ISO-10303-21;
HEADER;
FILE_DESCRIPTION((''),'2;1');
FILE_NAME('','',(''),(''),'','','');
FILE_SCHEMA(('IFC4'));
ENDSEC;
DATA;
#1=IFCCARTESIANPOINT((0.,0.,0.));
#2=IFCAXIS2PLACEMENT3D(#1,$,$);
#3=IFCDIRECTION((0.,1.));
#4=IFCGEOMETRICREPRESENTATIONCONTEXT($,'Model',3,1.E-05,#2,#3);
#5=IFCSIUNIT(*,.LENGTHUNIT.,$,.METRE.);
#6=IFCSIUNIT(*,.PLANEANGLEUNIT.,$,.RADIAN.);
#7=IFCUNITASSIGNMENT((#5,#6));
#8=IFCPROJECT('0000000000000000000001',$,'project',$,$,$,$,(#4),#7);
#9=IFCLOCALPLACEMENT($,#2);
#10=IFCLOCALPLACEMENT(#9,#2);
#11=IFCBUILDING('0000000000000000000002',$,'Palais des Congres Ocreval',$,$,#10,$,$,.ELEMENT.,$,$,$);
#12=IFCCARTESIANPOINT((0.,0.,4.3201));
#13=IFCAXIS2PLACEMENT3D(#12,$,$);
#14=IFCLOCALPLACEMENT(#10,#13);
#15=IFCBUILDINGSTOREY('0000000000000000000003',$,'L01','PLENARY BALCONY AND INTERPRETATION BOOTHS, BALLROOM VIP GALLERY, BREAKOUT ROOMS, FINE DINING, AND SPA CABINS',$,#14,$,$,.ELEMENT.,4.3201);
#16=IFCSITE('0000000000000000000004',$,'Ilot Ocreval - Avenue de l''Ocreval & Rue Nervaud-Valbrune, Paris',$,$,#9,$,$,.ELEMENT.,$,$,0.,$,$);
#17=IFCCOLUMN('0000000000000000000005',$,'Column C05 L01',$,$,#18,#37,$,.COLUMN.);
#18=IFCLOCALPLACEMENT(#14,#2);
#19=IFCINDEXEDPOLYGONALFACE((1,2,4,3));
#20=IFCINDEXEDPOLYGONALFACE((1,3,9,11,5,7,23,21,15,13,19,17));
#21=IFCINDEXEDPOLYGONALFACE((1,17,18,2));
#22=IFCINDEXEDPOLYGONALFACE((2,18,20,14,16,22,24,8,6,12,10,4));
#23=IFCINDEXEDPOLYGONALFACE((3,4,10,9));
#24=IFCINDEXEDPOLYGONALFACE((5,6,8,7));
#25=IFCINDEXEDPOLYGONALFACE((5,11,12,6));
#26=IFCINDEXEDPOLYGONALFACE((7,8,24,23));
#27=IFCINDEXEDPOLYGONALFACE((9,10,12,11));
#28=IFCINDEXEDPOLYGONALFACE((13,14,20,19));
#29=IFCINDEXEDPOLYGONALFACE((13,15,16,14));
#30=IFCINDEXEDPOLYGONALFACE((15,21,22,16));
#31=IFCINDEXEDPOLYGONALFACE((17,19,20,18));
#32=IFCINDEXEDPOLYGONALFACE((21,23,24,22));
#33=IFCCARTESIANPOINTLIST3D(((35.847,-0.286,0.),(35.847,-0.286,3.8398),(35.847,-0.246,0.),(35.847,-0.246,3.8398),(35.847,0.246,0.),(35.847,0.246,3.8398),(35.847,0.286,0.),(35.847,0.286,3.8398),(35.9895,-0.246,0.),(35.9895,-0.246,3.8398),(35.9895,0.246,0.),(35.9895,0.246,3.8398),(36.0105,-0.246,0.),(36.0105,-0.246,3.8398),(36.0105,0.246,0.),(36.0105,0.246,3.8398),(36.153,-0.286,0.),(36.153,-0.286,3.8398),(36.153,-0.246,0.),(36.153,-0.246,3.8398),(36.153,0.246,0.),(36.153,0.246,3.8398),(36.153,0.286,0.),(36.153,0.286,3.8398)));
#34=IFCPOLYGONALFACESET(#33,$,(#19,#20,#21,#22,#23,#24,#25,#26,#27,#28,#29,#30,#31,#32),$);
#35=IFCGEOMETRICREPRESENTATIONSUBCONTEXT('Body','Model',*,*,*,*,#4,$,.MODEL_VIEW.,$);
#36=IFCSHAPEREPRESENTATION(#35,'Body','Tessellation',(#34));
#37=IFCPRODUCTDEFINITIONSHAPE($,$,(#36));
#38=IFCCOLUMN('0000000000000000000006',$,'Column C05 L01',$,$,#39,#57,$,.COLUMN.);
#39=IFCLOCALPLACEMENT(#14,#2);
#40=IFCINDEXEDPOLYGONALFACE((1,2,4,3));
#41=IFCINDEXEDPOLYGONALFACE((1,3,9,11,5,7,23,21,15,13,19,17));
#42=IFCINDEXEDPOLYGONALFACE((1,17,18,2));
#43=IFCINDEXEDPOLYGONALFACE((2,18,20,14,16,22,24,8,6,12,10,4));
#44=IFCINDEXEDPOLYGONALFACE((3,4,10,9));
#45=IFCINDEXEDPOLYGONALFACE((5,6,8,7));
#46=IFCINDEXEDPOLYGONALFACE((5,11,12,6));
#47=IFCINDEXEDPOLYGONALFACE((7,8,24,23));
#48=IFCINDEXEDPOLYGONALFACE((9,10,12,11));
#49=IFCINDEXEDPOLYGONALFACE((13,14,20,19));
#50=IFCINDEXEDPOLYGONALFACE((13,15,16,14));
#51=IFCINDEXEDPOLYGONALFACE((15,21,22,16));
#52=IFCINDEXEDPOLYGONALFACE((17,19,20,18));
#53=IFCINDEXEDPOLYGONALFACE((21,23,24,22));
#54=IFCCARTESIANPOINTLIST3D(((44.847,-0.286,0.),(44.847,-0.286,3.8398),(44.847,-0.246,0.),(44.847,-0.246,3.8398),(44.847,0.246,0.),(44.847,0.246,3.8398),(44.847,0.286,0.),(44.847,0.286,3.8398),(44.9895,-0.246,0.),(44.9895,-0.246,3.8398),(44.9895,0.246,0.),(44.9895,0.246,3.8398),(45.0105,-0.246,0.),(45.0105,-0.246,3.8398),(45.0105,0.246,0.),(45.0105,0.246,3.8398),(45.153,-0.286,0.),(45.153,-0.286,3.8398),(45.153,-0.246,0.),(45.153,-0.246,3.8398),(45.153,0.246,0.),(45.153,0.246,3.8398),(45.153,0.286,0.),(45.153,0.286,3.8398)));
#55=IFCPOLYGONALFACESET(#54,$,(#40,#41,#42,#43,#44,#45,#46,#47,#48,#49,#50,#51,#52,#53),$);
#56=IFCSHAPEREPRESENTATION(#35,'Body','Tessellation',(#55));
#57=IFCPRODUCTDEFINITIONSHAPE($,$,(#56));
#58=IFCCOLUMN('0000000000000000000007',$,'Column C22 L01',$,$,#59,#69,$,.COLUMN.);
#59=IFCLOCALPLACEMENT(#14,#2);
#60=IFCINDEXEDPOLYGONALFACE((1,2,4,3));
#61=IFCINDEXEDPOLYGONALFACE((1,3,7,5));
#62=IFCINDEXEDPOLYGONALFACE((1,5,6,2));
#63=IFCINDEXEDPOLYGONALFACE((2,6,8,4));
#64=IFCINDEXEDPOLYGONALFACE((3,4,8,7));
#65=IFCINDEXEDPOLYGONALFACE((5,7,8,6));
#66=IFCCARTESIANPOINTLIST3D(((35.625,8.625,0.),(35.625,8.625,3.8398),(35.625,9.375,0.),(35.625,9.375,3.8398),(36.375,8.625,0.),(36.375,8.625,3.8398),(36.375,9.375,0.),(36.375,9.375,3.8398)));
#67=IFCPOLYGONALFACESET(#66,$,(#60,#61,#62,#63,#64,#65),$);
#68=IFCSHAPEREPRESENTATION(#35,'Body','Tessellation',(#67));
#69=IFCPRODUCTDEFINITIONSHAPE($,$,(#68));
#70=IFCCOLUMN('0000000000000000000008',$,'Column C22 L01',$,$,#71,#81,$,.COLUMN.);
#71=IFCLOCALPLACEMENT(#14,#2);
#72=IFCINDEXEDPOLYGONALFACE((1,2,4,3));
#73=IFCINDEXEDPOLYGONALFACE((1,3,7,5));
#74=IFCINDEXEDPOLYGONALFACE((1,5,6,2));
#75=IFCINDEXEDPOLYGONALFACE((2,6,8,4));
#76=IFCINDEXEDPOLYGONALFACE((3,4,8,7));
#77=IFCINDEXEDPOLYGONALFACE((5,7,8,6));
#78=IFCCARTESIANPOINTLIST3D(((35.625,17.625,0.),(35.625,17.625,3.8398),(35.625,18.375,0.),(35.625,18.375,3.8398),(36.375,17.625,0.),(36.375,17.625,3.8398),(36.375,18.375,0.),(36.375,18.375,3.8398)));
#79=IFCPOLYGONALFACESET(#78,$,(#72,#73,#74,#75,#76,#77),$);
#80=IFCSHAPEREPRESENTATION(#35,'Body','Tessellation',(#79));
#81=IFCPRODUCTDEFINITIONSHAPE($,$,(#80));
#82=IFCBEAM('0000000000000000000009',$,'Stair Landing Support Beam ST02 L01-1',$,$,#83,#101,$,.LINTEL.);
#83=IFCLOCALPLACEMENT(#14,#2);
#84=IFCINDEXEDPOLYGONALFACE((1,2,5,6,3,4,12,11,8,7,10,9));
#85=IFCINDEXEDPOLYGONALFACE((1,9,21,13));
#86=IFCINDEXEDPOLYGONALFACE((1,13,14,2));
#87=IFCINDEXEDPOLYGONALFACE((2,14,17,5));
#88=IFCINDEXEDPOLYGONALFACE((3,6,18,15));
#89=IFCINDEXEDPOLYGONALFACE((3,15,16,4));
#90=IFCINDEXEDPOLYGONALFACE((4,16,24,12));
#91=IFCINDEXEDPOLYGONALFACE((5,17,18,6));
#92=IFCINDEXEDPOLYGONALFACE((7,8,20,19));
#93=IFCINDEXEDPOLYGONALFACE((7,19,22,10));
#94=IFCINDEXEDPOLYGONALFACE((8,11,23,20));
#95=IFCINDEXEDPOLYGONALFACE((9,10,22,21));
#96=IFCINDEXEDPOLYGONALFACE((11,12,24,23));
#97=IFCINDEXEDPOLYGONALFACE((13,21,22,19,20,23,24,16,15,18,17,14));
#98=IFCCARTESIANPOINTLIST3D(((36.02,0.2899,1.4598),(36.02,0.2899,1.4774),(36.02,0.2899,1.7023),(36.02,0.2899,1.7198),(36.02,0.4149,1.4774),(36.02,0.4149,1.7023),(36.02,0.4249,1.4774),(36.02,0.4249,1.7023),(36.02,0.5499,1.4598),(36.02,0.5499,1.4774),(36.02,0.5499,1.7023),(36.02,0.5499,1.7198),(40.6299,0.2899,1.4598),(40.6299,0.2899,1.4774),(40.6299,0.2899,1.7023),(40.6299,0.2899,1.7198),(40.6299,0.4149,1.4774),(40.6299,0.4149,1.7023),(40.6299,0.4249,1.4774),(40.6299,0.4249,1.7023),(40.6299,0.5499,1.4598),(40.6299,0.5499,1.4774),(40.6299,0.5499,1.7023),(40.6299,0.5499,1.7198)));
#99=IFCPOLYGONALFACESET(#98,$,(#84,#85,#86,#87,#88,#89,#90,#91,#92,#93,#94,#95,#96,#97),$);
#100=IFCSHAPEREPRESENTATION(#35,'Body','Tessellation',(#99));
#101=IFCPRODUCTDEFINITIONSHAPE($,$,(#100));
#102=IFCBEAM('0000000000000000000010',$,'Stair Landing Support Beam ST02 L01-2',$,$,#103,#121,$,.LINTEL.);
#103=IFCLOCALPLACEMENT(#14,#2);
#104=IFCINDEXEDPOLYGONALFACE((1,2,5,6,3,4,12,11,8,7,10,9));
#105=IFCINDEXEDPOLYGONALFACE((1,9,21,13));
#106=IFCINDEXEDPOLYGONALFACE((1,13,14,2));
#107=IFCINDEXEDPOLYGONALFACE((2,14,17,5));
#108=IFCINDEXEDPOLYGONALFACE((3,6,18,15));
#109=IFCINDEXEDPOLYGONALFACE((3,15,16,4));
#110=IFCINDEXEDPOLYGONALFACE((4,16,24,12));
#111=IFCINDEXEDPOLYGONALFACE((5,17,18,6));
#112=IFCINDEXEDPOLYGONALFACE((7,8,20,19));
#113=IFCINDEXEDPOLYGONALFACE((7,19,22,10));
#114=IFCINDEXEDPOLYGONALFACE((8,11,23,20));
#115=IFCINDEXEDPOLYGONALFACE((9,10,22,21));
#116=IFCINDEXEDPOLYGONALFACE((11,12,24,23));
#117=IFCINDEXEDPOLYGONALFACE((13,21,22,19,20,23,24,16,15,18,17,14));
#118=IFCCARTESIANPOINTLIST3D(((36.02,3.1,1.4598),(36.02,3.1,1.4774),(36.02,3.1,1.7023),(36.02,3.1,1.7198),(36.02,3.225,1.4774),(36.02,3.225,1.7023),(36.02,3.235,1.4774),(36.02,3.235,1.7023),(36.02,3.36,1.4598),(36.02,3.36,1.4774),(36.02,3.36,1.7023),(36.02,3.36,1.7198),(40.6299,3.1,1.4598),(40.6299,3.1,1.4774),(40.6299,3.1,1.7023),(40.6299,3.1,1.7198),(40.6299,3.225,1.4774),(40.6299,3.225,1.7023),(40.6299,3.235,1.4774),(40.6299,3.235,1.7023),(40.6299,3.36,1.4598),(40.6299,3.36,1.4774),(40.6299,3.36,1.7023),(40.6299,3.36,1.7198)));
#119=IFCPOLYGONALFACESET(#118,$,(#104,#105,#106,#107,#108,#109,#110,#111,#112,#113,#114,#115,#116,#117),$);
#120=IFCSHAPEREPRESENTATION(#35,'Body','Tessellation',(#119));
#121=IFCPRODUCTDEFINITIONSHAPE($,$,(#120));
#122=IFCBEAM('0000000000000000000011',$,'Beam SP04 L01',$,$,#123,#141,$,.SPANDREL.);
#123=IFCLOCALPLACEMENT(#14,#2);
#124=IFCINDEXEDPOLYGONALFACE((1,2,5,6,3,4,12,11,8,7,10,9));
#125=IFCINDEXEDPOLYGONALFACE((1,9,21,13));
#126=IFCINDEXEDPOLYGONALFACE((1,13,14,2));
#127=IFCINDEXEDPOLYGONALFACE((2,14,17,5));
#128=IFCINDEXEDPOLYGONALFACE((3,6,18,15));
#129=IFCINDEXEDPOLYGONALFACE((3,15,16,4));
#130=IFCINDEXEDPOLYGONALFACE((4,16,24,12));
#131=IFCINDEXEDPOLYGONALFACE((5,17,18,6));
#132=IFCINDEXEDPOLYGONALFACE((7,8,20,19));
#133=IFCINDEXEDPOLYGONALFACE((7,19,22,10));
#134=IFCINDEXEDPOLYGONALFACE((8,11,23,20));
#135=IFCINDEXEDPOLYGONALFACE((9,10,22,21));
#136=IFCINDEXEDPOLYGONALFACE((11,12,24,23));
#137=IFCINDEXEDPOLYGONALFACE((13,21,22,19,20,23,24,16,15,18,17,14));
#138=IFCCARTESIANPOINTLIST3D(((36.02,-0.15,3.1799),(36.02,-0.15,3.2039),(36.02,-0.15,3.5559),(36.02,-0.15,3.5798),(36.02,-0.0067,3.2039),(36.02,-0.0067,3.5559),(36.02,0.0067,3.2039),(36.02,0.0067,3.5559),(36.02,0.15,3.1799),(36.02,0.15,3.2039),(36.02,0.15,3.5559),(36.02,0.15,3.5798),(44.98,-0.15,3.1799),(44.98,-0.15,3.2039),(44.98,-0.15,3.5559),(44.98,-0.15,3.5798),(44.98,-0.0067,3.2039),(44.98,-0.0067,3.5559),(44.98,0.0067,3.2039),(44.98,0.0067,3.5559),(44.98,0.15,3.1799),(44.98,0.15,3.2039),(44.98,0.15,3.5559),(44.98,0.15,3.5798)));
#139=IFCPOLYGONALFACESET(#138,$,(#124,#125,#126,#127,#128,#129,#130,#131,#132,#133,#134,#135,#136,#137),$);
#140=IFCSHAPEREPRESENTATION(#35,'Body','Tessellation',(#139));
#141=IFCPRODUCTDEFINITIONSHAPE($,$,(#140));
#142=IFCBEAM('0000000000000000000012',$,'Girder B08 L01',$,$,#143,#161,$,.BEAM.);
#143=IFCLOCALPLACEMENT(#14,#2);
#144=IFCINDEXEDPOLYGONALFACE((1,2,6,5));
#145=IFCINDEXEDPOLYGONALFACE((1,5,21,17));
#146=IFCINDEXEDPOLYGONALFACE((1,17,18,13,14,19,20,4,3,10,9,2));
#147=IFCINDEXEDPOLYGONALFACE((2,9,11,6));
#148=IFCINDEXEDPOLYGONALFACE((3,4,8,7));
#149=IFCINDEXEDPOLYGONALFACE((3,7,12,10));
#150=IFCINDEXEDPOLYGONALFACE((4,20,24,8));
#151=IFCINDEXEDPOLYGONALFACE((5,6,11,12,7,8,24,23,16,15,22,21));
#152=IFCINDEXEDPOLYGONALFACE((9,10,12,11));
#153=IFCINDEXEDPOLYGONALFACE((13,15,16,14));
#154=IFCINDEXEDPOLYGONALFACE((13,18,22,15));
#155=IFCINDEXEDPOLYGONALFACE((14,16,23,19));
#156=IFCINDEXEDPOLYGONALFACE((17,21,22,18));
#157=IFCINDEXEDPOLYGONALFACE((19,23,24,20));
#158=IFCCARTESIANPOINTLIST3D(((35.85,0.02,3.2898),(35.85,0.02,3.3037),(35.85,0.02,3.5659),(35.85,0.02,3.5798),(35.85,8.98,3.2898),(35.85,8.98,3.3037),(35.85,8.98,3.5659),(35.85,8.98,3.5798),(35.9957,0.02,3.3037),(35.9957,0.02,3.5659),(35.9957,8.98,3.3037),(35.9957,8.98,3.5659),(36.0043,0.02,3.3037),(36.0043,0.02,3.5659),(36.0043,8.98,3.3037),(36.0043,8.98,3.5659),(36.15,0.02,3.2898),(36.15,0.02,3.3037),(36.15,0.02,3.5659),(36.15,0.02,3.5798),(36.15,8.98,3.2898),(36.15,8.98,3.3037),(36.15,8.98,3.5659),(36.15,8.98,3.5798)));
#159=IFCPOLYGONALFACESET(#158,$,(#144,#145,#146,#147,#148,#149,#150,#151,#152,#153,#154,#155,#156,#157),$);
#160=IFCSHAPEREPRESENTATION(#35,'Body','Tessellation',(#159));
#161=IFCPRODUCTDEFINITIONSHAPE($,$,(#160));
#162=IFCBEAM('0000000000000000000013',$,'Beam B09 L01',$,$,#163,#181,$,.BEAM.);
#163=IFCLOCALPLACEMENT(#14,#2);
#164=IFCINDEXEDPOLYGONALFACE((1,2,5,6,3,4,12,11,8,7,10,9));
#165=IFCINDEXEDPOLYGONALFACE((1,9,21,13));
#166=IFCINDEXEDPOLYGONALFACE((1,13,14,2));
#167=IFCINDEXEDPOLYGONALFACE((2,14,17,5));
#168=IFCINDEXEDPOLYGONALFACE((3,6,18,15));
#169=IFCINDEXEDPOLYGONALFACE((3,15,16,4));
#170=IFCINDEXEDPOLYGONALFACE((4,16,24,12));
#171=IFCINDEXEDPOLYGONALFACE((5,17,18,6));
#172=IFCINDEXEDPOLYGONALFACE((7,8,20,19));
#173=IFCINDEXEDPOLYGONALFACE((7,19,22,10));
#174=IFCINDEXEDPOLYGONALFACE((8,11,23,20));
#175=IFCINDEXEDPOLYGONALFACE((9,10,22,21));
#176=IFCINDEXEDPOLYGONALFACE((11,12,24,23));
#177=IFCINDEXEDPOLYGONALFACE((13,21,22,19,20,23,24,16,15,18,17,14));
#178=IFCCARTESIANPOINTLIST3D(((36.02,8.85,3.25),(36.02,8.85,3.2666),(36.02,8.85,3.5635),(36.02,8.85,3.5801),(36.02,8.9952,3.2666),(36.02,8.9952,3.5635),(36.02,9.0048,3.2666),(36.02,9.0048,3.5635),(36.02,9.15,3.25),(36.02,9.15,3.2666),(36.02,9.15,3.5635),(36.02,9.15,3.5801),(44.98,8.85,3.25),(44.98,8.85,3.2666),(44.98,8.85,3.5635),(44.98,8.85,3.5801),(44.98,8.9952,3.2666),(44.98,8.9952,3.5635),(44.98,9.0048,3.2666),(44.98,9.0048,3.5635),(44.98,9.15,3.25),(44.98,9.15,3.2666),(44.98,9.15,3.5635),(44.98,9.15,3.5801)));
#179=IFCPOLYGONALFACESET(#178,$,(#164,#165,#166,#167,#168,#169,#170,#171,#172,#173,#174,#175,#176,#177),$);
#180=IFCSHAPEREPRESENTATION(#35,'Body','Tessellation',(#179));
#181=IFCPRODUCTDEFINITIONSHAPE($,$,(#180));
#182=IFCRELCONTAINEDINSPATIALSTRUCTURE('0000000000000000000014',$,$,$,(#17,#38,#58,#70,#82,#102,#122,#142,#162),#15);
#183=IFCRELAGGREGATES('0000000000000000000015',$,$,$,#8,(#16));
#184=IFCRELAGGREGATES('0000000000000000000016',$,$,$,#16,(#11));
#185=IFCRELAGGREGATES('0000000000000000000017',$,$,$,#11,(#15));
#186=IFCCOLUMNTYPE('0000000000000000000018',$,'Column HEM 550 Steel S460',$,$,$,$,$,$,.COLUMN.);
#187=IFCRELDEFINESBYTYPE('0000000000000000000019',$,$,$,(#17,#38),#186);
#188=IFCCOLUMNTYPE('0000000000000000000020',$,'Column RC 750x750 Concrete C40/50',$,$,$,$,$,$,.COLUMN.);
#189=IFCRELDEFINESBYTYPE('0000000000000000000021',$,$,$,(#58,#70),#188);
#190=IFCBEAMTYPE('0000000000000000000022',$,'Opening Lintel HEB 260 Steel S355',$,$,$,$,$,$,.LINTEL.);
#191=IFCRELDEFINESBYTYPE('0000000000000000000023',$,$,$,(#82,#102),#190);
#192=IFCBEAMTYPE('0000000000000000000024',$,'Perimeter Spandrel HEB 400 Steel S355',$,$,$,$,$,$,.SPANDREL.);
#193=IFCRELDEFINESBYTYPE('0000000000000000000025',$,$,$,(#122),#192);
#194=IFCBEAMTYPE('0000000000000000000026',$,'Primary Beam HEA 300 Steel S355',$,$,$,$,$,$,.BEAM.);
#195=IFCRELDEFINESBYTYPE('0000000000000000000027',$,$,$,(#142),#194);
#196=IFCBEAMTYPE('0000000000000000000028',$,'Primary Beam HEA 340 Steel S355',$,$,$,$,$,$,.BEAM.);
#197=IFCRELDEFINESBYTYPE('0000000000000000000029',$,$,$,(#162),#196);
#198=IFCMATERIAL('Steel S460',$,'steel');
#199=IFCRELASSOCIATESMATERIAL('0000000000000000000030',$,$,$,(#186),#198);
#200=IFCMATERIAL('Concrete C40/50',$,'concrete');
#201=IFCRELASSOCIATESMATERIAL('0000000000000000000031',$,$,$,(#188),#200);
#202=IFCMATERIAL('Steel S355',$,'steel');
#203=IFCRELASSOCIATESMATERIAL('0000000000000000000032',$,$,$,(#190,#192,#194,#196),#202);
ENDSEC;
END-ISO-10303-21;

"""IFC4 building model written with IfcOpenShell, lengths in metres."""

from ifc_helpers import new_model, si_unit, direction, frame, origin, origin_2d, place, context, subcontext, project, spatial, rectangle, i_section, extrude, material, material_profile, profile_set, type_object, element, save


model = new_model("IFC4")

# Units and contexts
model_context = context("Model", 3, precision=1e-05, world=origin(), true_north=direction((0.0, 1.0)))
body_context = subcontext(model_context, "Body", "Model", "MODEL_VIEW")
ifc_project = project(units=[si_unit("LENGTHUNIT", "METRE"), si_unit("PLANEANGLEUNIT", "RADIAN")], contexts=[model_context])

# Site, building, storey
site_placement = place(None, origin())
site = spatial("IfcSite", under=ifc_project, at=site_placement, Name="Ilot Ocreval - Avenue de l'Ocreval & Rue Nervaud-Valbrune, Paris", CompositionType="ELEMENT", RefElevation=0.0)
building_placement = place(site_placement, origin())
building = spatial("IfcBuilding", under=site, at=building_placement, Name="Palais des Congres Ocreval", CompositionType="ELEMENT")
storey_placement = place(building_placement, frame((0.0, 0.0, 4.3201)))
storey = spatial("IfcBuildingStorey", under=building, at=storey_placement, Name="L01", Description="PLENARY BALCONY AND INTERPRETATION BOOTHS, BALLROOM VIP GALLERY, BREAKOUT ROOMS, FINE DINING, AND SPA CABINS", CompositionType="ELEMENT", Elevation=4.3201)

# Columns
ifc_material_1 = material(Name="Steel S460", Category="steel")
ifc_material_profile_1 = material_profile(ifc_material_1, i_section(OverallWidth=0.3059, OverallDepth=0.572, WebThickness=0.021, FlangeThickness=0.04, at=origin_2d()), Name="HEM 550")
ifc_profile_set_1 = profile_set([ifc_material_profile_1], Name="Steel S460")
column_type_1 = type_object("IfcColumnType", Name="Column HEM 550 Steel S460", PredefinedType="COLUMN", material=ifc_profile_set_1)
for number, where, z_axis, x_axis, name in (
    (1, (36.0, 0.0, 0.0), (0.0, 0.0, 1.0), (1.0, 0.0, 0.0), "Column C05 L01"),
    (2, (45.0, 0.0, 0.0), (0.0, 0.0, 1.0), (1.0, 0.0, 0.0), "Column C05 L01"),
):
    element("IfcColumn", number, at=place(storey_placement, frame(where, z_axis=z_axis, x_axis=x_axis)), inside=storey, type_object=column_type_1, Name=name, PredefinedType="COLUMN", context=body_context, shape_type="SweptSolid", body=[
        extrude(i_section(OverallWidth=0.3059, OverallDepth=0.572, WebThickness=0.021, FlangeThickness=0.04, at=origin_2d()), origin(), (0.0, 0.0, 1.0), 3.8398),
    ])
ifc_material_2 = material(Name="Concrete C40/50", Category="concrete")
ifc_material_profile_2 = material_profile(ifc_material_2, rectangle(XDim=0.75, YDim=0.75, at=origin_2d()), Name="RC 750x750")
ifc_profile_set_2 = profile_set([ifc_material_profile_2], Name="Concrete C40/50")
column_type_2 = type_object("IfcColumnType", Name="Column RC 750x750 Concrete C40/50", PredefinedType="COLUMN", material=ifc_profile_set_2)
for number, where, z_axis, x_axis, name in (
    (3, (36.0, 9.0, 0.0), (0.0, 0.0, 1.0), (1.0, 0.0, 0.0), "Column C22 L01"),
    (4, (36.0, 18.0, 0.0), (0.0, 0.0, 1.0), (1.0, 0.0, 0.0), "Column C22 L01"),
):
    element("IfcColumn", number, at=place(storey_placement, frame(where, z_axis=z_axis, x_axis=x_axis)), inside=storey, type_object=column_type_2, Name=name, PredefinedType="COLUMN", context=body_context, shape_type="SweptSolid", body=[
        extrude(rectangle(XDim=0.75, YDim=0.75, at=origin_2d()), origin(), (0.0, 0.0, 1.0), 3.8398),
    ])

# Beams
ifc_material_3 = material(Name="Steel S355", Category="steel")
ifc_material_profile_3 = material_profile(ifc_material_3, i_section(OverallWidth=0.26, OverallDepth=0.26, WebThickness=0.01, FlangeThickness=0.0176, at=origin_2d()), Name="HEB 260")
ifc_profile_set_3 = profile_set([ifc_material_profile_3], Name="Steel S355")
beam_type_1 = type_object("IfcBeamType", Name="Opening Lintel HEB 260 Steel S355", PredefinedType="LINTEL", material=ifc_profile_set_3)
for number, where, z_axis, x_axis, name in (
    (5, (36.02, 0.4199, 1.5898), (1.0, 0.0, 0.0), (0.0, 1.0, 0.0), "Stair Landing Support Beam ST02 L01-1"),
    (6, (36.02, 3.23, 1.5898), (1.0, 0.0, 0.0), (0.0, 1.0, 0.0), "Stair Landing Support Beam ST02 L01-2"),
):
    element("IfcBeam", number, at=place(storey_placement, frame(where, z_axis=z_axis, x_axis=x_axis)), inside=storey, type_object=beam_type_1, Name=name, PredefinedType="LINTEL", context=body_context, shape_type="SweptSolid", body=[
        extrude(i_section(OverallWidth=0.26, OverallDepth=0.26, WebThickness=0.01, FlangeThickness=0.0176, at=origin_2d()), origin(), (0.0, 0.0, 1.0), 4.6099),
    ])
ifc_material_profile_4 = material_profile(ifc_material_3, i_section(OverallWidth=0.3, OverallDepth=0.3999, WebThickness=0.0134, FlangeThickness=0.0239, at=origin_2d()), Name="HEB 400")
ifc_profile_set_4 = profile_set([ifc_material_profile_4], Name="Steel S355")
beam_type_2 = type_object("IfcBeamType", Name="Perimeter Spandrel HEB 400 Steel S355", PredefinedType="SPANDREL", material=ifc_profile_set_4)
beam_1_placement = place(storey_placement, frame((36.02, 0.0, 3.3799), z_axis=(1.0, 0.0, 0.0), x_axis=(0.0, 1.0, 0.0)))
element("IfcBeam", 7, at=beam_1_placement, inside=storey, type_object=beam_type_2, Name="Beam SP04 L01", PredefinedType="SPANDREL", context=body_context, shape_type="SweptSolid", body=[
    extrude(i_section(OverallWidth=0.3, OverallDepth=0.3999, WebThickness=0.0134, FlangeThickness=0.0239, at=origin_2d()), origin(), (0.0, 0.0, 1.0), 8.96),
])
ifc_material_profile_5 = material_profile(ifc_material_3, i_section(OverallWidth=0.3, OverallDepth=0.29, WebThickness=0.0085, FlangeThickness=0.0139, at=origin_2d()), Name="HEA 300")
ifc_profile_set_5 = profile_set([ifc_material_profile_5], Name="Steel S355")
beam_type_3 = type_object("IfcBeamType", Name="Primary Beam HEA 300 Steel S355", PredefinedType="BEAM", material=ifc_profile_set_5)
beam_2_placement = place(storey_placement, frame((36.0, 0.02, 3.4348), z_axis=(0.0, 1.0, 0.0), x_axis=(-1.0, 0.0, 0.0)))
element("IfcBeam", 8, at=beam_2_placement, inside=storey, type_object=beam_type_3, Name="Girder B08 L01", PredefinedType="BEAM", context=body_context, shape_type="SweptSolid", body=[
    extrude(i_section(OverallWidth=0.3, OverallDepth=0.29, WebThickness=0.0085, FlangeThickness=0.0139, at=origin_2d()), origin(), (0.0, 0.0, 1.0), 8.96),
])
ifc_material_profile_6 = material_profile(ifc_material_3, i_section(OverallWidth=0.3, OverallDepth=0.3301, WebThickness=0.0095, FlangeThickness=0.0166, at=origin_2d()), Name="HEA 340")
ifc_profile_set_6 = profile_set([ifc_material_profile_6], Name="Steel S355")
beam_type_4 = type_object("IfcBeamType", Name="Primary Beam HEA 340 Steel S355", PredefinedType="BEAM", material=ifc_profile_set_6)
for number, where, z_axis, x_axis, name in (
    (9, (36.02, 9.0, 3.415), (1.0, 0.0, 0.0), (0.0, 1.0, 0.0), "Beam B09 L01"),
):
    element("IfcBeam", number, at=place(storey_placement, frame(where, z_axis=z_axis, x_axis=x_axis)), inside=storey, type_object=beam_type_4, Name=name, PredefinedType="BEAM", context=body_context, shape_type="SweptSolid", body=[
        extrude(i_section(OverallWidth=0.3, OverallDepth=0.3301, WebThickness=0.0095, FlangeThickness=0.0166, at=origin_2d()), origin(), (0.0, 0.0, 1.0), 8.96),
    ])

save(model, "model.ifc")
